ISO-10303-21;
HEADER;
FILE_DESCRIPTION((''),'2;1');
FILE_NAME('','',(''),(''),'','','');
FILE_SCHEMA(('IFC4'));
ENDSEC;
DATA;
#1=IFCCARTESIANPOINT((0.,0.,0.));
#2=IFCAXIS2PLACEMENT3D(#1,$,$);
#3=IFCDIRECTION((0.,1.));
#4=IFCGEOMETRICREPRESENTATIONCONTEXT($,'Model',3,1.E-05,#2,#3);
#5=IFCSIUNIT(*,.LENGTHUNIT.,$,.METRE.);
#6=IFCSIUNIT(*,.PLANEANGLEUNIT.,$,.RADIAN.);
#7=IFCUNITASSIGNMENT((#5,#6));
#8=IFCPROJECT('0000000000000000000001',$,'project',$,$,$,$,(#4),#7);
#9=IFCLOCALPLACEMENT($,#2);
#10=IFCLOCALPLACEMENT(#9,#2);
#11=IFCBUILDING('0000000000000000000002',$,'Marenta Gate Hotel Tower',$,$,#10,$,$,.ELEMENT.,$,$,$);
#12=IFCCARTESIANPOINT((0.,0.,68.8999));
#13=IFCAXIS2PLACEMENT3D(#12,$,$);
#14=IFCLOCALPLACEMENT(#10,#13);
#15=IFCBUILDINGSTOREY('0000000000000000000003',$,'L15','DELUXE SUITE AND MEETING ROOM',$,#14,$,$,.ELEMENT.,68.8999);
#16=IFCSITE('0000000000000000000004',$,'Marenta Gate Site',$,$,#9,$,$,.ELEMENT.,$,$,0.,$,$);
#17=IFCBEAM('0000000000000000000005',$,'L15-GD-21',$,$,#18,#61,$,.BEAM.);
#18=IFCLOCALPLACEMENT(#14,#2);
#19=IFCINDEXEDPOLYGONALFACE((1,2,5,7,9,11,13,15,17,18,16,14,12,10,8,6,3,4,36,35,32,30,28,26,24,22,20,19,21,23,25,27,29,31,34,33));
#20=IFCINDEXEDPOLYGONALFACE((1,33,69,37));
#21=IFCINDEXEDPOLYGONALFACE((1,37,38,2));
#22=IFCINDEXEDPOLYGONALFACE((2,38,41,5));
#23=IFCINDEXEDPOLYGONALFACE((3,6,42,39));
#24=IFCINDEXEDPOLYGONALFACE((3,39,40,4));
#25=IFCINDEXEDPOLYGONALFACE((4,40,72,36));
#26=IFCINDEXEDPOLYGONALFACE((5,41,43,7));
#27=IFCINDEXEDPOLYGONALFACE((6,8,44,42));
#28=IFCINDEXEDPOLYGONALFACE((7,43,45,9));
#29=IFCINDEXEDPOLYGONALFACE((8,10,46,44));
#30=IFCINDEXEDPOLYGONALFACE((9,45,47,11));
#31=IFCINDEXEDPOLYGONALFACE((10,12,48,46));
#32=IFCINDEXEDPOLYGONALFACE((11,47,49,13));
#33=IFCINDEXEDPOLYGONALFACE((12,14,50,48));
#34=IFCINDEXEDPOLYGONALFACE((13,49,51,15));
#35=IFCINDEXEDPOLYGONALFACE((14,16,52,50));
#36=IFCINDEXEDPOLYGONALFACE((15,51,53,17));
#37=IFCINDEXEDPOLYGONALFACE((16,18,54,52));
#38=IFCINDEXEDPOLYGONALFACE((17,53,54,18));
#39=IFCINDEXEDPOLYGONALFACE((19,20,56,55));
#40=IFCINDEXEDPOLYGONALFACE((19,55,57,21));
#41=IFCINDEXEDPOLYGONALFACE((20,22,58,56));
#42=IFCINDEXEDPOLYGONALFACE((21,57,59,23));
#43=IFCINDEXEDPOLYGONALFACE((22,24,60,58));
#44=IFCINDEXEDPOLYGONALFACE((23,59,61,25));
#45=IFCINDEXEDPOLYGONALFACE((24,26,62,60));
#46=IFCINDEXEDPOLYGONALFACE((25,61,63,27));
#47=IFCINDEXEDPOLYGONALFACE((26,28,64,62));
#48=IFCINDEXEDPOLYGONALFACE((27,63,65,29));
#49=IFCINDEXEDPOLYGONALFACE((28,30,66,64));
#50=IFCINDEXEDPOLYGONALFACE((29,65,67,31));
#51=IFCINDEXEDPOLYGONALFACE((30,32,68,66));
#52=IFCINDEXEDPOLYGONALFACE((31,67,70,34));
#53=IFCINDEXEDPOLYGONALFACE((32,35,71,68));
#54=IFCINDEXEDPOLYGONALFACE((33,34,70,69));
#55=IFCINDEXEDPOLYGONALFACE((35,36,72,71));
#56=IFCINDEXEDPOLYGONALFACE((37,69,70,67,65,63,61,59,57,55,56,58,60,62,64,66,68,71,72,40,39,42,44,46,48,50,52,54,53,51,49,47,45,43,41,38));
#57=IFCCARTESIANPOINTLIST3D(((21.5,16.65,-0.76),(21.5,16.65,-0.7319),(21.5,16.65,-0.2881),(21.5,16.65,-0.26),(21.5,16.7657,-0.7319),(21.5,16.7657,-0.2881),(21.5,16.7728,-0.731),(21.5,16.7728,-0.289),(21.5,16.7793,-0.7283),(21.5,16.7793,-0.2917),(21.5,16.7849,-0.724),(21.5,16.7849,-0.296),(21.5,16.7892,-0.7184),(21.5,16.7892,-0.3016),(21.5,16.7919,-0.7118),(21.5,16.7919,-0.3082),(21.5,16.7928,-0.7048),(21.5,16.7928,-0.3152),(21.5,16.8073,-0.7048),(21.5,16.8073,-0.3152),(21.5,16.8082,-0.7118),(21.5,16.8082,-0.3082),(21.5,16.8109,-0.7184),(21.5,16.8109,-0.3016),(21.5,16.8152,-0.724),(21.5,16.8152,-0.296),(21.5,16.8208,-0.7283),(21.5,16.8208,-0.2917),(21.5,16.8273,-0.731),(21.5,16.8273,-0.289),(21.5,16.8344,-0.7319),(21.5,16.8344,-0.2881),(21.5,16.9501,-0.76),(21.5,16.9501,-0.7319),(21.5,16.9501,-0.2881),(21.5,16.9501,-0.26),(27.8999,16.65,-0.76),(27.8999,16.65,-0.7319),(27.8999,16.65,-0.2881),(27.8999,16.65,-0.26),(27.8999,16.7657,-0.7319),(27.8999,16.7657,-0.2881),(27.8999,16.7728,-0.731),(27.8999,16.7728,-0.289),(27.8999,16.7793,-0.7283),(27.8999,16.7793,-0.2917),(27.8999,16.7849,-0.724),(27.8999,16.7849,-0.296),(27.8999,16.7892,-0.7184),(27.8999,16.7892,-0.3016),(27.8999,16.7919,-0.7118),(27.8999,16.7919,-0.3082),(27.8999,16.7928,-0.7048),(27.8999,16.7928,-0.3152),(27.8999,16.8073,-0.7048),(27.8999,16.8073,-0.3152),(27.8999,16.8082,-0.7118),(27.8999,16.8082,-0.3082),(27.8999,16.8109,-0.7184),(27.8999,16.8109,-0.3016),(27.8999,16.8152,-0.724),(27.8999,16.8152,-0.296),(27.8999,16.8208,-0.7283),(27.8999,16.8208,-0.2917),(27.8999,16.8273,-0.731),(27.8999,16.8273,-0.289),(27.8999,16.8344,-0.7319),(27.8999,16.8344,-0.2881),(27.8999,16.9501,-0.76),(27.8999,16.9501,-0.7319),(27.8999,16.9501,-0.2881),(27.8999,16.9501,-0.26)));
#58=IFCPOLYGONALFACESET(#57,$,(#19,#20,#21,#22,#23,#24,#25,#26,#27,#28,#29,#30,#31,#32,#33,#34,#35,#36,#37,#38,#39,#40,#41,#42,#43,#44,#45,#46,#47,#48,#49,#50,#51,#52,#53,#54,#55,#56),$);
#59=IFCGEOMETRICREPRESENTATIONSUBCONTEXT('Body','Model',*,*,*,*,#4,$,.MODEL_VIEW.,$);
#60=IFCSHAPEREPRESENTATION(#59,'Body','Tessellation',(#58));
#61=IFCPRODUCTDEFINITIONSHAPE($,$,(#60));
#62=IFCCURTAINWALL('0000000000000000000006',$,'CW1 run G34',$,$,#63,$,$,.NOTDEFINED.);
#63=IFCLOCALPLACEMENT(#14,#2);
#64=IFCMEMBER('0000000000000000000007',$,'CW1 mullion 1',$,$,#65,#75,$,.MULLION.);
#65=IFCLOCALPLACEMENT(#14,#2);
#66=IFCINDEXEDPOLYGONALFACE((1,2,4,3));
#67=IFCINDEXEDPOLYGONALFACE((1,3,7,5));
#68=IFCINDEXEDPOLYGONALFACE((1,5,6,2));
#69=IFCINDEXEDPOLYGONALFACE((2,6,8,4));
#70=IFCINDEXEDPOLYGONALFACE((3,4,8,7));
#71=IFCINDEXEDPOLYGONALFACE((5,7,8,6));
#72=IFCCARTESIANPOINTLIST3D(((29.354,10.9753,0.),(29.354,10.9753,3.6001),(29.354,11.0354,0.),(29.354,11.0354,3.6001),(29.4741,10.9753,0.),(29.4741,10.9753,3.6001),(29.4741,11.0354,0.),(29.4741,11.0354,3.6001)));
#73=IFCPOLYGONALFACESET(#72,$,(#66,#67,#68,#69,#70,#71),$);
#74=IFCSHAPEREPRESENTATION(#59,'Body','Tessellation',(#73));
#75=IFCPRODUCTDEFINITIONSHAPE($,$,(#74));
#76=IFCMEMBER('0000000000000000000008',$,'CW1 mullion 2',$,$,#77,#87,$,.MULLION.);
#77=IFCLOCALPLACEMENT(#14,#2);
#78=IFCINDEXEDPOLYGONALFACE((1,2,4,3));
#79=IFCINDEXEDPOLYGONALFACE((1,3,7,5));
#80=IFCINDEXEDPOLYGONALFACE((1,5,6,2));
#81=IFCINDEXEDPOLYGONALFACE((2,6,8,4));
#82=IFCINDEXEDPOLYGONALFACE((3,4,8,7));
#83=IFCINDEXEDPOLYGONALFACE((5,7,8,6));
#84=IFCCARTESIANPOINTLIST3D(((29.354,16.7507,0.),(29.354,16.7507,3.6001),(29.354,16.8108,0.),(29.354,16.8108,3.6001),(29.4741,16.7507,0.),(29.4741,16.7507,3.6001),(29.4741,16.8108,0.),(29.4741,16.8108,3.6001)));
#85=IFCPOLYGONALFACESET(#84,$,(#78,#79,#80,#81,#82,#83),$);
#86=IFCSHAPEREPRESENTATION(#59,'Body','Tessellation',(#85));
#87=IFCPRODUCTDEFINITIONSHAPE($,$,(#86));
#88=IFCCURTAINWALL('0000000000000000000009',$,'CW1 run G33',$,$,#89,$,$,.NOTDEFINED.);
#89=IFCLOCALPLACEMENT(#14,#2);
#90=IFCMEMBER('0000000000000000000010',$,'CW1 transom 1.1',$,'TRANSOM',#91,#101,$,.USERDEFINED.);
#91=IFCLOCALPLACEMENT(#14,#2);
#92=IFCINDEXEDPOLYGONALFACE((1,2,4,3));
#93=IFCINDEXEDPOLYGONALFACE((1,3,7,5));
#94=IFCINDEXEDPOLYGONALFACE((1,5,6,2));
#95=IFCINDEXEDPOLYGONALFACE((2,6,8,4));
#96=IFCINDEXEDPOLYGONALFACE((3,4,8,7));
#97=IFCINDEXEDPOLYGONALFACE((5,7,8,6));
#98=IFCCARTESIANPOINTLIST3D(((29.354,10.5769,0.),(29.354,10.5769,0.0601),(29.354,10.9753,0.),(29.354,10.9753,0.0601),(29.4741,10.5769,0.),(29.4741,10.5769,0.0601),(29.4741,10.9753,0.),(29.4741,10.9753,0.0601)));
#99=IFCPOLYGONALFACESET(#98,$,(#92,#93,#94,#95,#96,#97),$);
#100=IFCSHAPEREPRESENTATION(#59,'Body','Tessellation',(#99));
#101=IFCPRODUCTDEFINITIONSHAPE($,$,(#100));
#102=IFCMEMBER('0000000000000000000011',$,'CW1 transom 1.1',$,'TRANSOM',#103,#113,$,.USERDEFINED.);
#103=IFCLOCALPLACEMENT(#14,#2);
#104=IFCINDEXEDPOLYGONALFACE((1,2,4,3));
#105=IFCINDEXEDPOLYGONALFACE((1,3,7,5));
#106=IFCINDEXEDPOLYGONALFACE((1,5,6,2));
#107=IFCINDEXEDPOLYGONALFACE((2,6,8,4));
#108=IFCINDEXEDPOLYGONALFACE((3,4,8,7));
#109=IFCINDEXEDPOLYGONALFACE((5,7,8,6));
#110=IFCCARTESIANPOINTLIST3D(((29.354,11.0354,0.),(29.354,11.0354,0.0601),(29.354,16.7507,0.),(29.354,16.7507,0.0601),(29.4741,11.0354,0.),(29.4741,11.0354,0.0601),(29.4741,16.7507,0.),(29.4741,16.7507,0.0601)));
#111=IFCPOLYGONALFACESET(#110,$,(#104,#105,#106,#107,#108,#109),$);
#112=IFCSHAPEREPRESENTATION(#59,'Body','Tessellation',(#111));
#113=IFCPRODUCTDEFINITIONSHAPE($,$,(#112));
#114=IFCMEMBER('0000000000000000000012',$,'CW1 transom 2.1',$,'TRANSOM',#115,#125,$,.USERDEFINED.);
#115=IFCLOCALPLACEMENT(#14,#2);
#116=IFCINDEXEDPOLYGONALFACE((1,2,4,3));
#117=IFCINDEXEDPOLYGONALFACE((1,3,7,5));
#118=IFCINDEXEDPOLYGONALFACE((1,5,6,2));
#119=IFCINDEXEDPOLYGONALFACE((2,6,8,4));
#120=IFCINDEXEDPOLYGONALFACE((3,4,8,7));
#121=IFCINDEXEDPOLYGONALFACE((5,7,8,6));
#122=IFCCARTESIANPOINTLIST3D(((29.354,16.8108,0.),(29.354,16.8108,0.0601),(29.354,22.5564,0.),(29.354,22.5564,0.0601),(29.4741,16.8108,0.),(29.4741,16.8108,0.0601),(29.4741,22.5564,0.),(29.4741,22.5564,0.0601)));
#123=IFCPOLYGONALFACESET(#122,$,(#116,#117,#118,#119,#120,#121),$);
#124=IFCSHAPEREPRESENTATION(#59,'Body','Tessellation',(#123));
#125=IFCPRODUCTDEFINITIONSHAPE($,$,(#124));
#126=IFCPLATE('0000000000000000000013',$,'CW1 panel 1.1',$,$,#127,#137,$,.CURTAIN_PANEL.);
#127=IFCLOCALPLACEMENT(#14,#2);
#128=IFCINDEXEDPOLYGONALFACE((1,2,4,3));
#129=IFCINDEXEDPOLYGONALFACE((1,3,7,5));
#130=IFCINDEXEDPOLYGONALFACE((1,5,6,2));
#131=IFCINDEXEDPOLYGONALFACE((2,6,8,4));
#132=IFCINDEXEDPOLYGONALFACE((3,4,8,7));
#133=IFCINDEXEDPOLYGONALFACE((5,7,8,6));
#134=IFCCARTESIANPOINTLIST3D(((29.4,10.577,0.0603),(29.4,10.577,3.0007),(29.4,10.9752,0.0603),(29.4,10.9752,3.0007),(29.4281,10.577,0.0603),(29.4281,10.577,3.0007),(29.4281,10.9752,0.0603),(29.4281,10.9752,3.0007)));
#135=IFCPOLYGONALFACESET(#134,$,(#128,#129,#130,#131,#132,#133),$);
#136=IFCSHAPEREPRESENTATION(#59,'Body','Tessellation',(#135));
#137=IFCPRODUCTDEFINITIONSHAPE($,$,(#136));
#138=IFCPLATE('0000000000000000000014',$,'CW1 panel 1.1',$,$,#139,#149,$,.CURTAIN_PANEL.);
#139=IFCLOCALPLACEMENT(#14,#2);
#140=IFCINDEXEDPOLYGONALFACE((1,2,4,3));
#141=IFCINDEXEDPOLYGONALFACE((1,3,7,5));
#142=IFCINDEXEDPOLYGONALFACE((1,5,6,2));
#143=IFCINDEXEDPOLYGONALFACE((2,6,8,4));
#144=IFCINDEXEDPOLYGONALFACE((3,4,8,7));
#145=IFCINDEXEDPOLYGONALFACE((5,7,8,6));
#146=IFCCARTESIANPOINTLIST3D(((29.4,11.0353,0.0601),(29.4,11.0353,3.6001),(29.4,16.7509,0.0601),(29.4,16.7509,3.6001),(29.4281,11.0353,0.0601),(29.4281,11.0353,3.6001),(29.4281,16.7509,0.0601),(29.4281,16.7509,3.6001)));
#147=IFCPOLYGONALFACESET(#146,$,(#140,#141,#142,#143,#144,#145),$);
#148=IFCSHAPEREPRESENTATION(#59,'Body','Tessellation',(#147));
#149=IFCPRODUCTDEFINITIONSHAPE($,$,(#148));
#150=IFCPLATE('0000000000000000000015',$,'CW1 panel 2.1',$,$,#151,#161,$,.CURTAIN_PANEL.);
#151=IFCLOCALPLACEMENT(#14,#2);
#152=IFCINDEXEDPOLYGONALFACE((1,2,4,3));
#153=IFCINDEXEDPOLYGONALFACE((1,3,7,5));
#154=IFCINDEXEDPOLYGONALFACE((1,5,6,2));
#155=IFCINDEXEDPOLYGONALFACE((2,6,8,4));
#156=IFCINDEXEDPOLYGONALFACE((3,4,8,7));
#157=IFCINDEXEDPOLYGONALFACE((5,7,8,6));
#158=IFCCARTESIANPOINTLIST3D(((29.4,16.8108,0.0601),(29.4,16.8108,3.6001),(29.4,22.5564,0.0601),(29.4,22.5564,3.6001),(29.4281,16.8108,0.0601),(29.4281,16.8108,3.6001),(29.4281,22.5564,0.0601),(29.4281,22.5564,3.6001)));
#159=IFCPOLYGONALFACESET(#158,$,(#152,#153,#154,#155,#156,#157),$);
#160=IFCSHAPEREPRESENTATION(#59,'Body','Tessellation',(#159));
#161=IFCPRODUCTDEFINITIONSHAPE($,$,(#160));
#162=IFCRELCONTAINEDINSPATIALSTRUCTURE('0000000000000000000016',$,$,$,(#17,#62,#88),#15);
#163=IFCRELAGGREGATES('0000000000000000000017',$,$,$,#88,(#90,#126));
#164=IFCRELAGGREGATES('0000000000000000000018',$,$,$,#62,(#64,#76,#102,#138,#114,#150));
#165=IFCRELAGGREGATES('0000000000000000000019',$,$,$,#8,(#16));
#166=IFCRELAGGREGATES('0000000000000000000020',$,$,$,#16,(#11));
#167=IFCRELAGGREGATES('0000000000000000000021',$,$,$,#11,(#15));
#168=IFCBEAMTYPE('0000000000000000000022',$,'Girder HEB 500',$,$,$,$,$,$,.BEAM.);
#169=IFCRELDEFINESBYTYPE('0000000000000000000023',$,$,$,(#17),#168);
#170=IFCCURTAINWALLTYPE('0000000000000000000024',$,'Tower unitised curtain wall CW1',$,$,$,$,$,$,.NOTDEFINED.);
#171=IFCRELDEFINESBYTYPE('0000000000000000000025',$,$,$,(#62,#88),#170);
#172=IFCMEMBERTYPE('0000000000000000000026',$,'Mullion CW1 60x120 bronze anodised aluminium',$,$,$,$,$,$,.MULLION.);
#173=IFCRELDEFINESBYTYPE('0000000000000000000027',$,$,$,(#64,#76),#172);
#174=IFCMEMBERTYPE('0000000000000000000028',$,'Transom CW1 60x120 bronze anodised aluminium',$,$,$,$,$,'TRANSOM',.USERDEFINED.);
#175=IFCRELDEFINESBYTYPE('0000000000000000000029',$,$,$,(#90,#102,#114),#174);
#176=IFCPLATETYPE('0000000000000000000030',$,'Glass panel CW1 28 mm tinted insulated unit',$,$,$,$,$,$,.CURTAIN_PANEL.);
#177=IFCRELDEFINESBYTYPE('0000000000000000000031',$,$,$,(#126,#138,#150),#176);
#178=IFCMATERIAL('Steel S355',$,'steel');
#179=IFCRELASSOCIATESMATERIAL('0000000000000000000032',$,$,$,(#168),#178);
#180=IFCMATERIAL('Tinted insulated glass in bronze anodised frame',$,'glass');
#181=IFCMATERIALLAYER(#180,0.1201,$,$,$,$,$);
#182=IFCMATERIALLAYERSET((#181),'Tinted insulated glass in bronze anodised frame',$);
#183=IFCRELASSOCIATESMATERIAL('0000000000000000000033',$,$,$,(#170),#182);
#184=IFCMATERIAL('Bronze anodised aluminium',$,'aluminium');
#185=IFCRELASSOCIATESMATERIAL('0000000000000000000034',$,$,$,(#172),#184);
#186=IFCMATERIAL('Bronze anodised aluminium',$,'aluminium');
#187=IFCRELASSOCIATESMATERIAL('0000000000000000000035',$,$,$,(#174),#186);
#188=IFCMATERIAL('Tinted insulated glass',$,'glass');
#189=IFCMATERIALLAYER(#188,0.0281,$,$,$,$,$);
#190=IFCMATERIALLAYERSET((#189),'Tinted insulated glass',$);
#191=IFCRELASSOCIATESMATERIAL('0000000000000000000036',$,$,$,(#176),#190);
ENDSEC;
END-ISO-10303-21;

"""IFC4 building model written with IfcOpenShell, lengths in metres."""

from ifc_helpers import new_model, si_unit, direction, frame, origin, origin_2d, place, context, subcontext, project, spatial, rectangle, i_section, extrude, material, layer, layer_set, material_profile, profile_set, type_object, element, aggregate, save


model = new_model("IFC4")

# Units and contexts
model_context = context("Model", 3, precision=1e-05, world=origin(), true_north=direction((0.0, 1.0)))
body_context = subcontext(model_context, "Body", "Model", "MODEL_VIEW")
ifc_project = project(units=[si_unit("LENGTHUNIT", "METRE"), si_unit("PLANEANGLEUNIT", "RADIAN")], contexts=[model_context])

# Site, building, storey
site_placement = place(None, origin())
site = spatial("IfcSite", under=ifc_project, at=site_placement, Name="Marenta Gate Site", CompositionType="ELEMENT", RefElevation=0.0)
building_placement = place(site_placement, origin())
building = spatial("IfcBuilding", under=site, at=building_placement, Name="Marenta Gate Hotel Tower", CompositionType="ELEMENT")
storey_placement = place(building_placement, frame((0.0, 0.0, 68.8999)))
storey = spatial("IfcBuildingStorey", under=building, at=storey_placement, Name="L15", Description="DELUXE SUITE AND MEETING ROOM", CompositionType="ELEMENT", Elevation=68.8999)

# Beam
ifc_material_1 = material(Name="Steel S355", Category="steel")
ifc_material_profile_1 = material_profile(ifc_material_1, i_section(OverallWidth=0.3, OverallDepth=0.5, WebThickness=0.0144, FlangeThickness=0.0281, FilletRadius=0.0271, at=origin_2d()), Name="HEB 500")
ifc_profile_set_1 = profile_set([ifc_material_profile_1], Name="Steel S355")
beam_type_1 = type_object("IfcBeamType", Name="Girder HEB 500", PredefinedType="BEAM", material=ifc_profile_set_1)
beam_1_placement = place(storey_placement, frame((21.5, 16.8, -0.51), z_axis=(1.0, 0.0, 0.0), x_axis=(0.0, 1.0, 0.0)))
element("IfcBeam", 1, at=beam_1_placement, inside=storey, type_object=beam_type_1, Name="L15-GD-21", PredefinedType="BEAM", context=body_context, shape_type="SweptSolid", body=[
    extrude(i_section(OverallWidth=0.3, OverallDepth=0.5, WebThickness=0.0144, FlangeThickness=0.0281, FilletRadius=0.0271, at=origin_2d()), origin(), (0.0, 0.0, 1.0), 6.3999),
])

# Curtain wall, members
ifc_material_2 = material(Name="Tinted insulated glass in bronze anodised frame", Category="glass")
ifc_layer_1 = layer(ifc_material_2, 0.1201)
ifc_layer_set_1 = layer_set([ifc_layer_1], Name="Tinted insulated glass in bronze anodised frame")
curtain_wall_type = type_object("IfcCurtainWallType", Name="Tower unitised curtain wall CW1", PredefinedType="NOTDEFINED", material=ifc_layer_set_1)
curtain_wall_1_placement = place(storey_placement, origin())
curtain_wall_1 = element("IfcCurtainWall", 2, at=curtain_wall_1_placement, inside=storey, type_object=curtain_wall_type, Name="CW1 run G34", PredefinedType="NOTDEFINED")
ifc_material_3 = material(Name="Bronze anodised aluminium", Category="aluminium")
ifc_material_profile_2 = material_profile(ifc_material_3, rectangle(XDim=0.1201, YDim=0.0601, at=origin_2d()), Name="Mullion CW1 60x120 bronze anodised aluminium")
ifc_profile_set_2 = profile_set([ifc_material_profile_2], Name="Bronze anodised aluminium")
member_type_1 = type_object("IfcMemberType", Name="Mullion CW1 60x120 bronze anodised aluminium", PredefinedType="MULLION", material=ifc_profile_set_2)
member_1_placement = place(storey_placement, frame((29.4141, 11.0054, 0.0), z_axis=(0.0, 0.0, 1.0), x_axis=(-1.0, 0.0, 0.0)))
member_1 = element("IfcMember", 3, at=member_1_placement, type_object=member_type_1, Name="CW1 mullion 1", PredefinedType="MULLION", context=body_context, shape_type="SweptSolid", body=[
    extrude(rectangle(XDim=0.1201, YDim=0.0601, at=origin_2d()), origin(), (0.0, 0.0, 1.0), 3.6001),
])
member_2_placement = place(storey_placement, frame((29.4141, 16.7808, 0.0), z_axis=(0.0, 0.0, 1.0), x_axis=(-1.0, 0.0, 0.0)))
member_2 = element("IfcMember", 4, at=member_2_placement, type_object=member_type_1, Name="CW1 mullion 2", PredefinedType="MULLION", context=body_context, shape_type="SweptSolid", body=[
    extrude(rectangle(XDim=0.1201, YDim=0.0601, at=origin_2d()), origin(), (0.0, 0.0, 1.0), 3.6001),
])

# Curtain wall, member
curtain_wall_2_placement = place(storey_placement, origin())
curtain_wall_2 = element("IfcCurtainWall", 5, at=curtain_wall_2_placement, inside=storey, type_object=curtain_wall_type, Name="CW1 run G33", PredefinedType="NOTDEFINED")
ifc_material_4 = material(Name="Bronze anodised aluminium", Category="aluminium")
ifc_material_profile_3 = material_profile(ifc_material_4, rectangle(XDim=0.1201, YDim=0.0601, at=origin_2d()), Name="Transom CW1 60x120 bronze anodised aluminium")
ifc_profile_set_3 = profile_set([ifc_material_profile_3], Name="Bronze anodised aluminium")
member_type_2 = type_object("IfcMemberType", Name="Transom CW1 60x120 bronze anodised aluminium", ElementType="TRANSOM", PredefinedType="USERDEFINED", material=ifc_profile_set_3)
member_3_placement = place(storey_placement, frame((29.4141, 10.5769, 0.03), z_axis=(0.0, 1.0, 0.0), x_axis=(-1.0, 0.0, 0.0)))
member_3 = element("IfcMember", 6, at=member_3_placement, type_object=member_type_2, Name="CW1 transom 1.1", ObjectType="TRANSOM", PredefinedType="USERDEFINED", context=body_context, shape_type="SweptSolid", body=[
    extrude(rectangle(XDim=0.1201, YDim=0.0601, at=origin_2d()), origin(), (0.0, 0.0, 1.0), 0.3984),
])

# Members
member_4_placement = place(storey_placement, frame((29.4141, 11.0354, 0.03), z_axis=(0.0, 1.0, 0.0), x_axis=(-1.0, 0.0, 0.0)))
member_4 = element("IfcMember", 7, at=member_4_placement, type_object=member_type_2, Name="CW1 transom 1.1", ObjectType="TRANSOM", PredefinedType="USERDEFINED", context=body_context, shape_type="SweptSolid", body=[
    extrude(rectangle(XDim=0.1201, YDim=0.0601, at=origin_2d()), origin(), (0.0, 0.0, 1.0), 5.7153),
])
member_5_placement = place(storey_placement, frame((29.4141, 16.8108, 0.03), z_axis=(0.0, 1.0, 0.0), x_axis=(-1.0, 0.0, 0.0)))
member_5 = element("IfcMember", 8, at=member_5_placement, type_object=member_type_2, Name="CW1 transom 2.1", ObjectType="TRANSOM", PredefinedType="USERDEFINED", context=body_context, shape_type="SweptSolid", body=[
    extrude(rectangle(XDim=0.1201, YDim=0.0601, at=origin_2d()), origin(), (0.0, 0.0, 1.0), 5.7456),
])

# Plates
ifc_material_5 = material(Name="Tinted insulated glass", Category="glass")
ifc_layer_2 = layer(ifc_material_5, 0.0281)
ifc_layer_set_2 = layer_set([ifc_layer_2], Name="Tinted insulated glass")
plate_type = type_object("IfcPlateType", Name="Glass panel CW1 28 mm tinted insulated unit", PredefinedType="CURTAIN_PANEL", material=ifc_layer_set_2)
plate_1_placement = place(storey_placement, frame((29.4141, 10.7761, 0.0603), z_axis=(0.0, 0.0, 1.0), x_axis=(0.0, 1.0, 0.0)))
plate_1 = element("IfcPlate", 9, at=plate_1_placement, type_object=plate_type, Name="CW1 panel 1.1", PredefinedType="CURTAIN_PANEL", context=body_context, shape_type="SweptSolid", body=[
    extrude(rectangle(XDim=0.3982, YDim=0.0281, at=origin_2d()), origin(), (0.0, 0.0, 1.0), 2.9404),
])
aggregate(curtain_wall_2, [member_3, plate_1])
plate_2_placement = place(storey_placement, frame((29.4141, 13.8931, 0.0601), z_axis=(0.0, 0.0, 1.0), x_axis=(0.0, 1.0, 0.0)))
plate_2 = element("IfcPlate", 10, at=plate_2_placement, type_object=plate_type, Name="CW1 panel 1.1", PredefinedType="CURTAIN_PANEL", context=body_context, shape_type="SweptSolid", body=[
    extrude(rectangle(XDim=5.7156, YDim=0.0281, at=origin_2d()), origin(), (0.0, 0.0, 1.0), 3.54),
])
plate_3_placement = place(storey_placement, frame((29.4141, 19.6836, 0.0601), z_axis=(0.0, 0.0, 1.0), x_axis=(0.0, 1.0, 0.0)))
plate_3 = element("IfcPlate", 11, at=plate_3_placement, type_object=plate_type, Name="CW1 panel 2.1", PredefinedType="CURTAIN_PANEL", context=body_context, shape_type="SweptSolid", body=[
    extrude(rectangle(XDim=5.7456, YDim=0.0281, at=origin_2d()), origin(), (0.0, 0.0, 1.0), 3.54),
])
aggregate(curtain_wall_1, [member_1, member_2, member_4, plate_2, member_5, plate_3])

save(model, "model.ifc")
